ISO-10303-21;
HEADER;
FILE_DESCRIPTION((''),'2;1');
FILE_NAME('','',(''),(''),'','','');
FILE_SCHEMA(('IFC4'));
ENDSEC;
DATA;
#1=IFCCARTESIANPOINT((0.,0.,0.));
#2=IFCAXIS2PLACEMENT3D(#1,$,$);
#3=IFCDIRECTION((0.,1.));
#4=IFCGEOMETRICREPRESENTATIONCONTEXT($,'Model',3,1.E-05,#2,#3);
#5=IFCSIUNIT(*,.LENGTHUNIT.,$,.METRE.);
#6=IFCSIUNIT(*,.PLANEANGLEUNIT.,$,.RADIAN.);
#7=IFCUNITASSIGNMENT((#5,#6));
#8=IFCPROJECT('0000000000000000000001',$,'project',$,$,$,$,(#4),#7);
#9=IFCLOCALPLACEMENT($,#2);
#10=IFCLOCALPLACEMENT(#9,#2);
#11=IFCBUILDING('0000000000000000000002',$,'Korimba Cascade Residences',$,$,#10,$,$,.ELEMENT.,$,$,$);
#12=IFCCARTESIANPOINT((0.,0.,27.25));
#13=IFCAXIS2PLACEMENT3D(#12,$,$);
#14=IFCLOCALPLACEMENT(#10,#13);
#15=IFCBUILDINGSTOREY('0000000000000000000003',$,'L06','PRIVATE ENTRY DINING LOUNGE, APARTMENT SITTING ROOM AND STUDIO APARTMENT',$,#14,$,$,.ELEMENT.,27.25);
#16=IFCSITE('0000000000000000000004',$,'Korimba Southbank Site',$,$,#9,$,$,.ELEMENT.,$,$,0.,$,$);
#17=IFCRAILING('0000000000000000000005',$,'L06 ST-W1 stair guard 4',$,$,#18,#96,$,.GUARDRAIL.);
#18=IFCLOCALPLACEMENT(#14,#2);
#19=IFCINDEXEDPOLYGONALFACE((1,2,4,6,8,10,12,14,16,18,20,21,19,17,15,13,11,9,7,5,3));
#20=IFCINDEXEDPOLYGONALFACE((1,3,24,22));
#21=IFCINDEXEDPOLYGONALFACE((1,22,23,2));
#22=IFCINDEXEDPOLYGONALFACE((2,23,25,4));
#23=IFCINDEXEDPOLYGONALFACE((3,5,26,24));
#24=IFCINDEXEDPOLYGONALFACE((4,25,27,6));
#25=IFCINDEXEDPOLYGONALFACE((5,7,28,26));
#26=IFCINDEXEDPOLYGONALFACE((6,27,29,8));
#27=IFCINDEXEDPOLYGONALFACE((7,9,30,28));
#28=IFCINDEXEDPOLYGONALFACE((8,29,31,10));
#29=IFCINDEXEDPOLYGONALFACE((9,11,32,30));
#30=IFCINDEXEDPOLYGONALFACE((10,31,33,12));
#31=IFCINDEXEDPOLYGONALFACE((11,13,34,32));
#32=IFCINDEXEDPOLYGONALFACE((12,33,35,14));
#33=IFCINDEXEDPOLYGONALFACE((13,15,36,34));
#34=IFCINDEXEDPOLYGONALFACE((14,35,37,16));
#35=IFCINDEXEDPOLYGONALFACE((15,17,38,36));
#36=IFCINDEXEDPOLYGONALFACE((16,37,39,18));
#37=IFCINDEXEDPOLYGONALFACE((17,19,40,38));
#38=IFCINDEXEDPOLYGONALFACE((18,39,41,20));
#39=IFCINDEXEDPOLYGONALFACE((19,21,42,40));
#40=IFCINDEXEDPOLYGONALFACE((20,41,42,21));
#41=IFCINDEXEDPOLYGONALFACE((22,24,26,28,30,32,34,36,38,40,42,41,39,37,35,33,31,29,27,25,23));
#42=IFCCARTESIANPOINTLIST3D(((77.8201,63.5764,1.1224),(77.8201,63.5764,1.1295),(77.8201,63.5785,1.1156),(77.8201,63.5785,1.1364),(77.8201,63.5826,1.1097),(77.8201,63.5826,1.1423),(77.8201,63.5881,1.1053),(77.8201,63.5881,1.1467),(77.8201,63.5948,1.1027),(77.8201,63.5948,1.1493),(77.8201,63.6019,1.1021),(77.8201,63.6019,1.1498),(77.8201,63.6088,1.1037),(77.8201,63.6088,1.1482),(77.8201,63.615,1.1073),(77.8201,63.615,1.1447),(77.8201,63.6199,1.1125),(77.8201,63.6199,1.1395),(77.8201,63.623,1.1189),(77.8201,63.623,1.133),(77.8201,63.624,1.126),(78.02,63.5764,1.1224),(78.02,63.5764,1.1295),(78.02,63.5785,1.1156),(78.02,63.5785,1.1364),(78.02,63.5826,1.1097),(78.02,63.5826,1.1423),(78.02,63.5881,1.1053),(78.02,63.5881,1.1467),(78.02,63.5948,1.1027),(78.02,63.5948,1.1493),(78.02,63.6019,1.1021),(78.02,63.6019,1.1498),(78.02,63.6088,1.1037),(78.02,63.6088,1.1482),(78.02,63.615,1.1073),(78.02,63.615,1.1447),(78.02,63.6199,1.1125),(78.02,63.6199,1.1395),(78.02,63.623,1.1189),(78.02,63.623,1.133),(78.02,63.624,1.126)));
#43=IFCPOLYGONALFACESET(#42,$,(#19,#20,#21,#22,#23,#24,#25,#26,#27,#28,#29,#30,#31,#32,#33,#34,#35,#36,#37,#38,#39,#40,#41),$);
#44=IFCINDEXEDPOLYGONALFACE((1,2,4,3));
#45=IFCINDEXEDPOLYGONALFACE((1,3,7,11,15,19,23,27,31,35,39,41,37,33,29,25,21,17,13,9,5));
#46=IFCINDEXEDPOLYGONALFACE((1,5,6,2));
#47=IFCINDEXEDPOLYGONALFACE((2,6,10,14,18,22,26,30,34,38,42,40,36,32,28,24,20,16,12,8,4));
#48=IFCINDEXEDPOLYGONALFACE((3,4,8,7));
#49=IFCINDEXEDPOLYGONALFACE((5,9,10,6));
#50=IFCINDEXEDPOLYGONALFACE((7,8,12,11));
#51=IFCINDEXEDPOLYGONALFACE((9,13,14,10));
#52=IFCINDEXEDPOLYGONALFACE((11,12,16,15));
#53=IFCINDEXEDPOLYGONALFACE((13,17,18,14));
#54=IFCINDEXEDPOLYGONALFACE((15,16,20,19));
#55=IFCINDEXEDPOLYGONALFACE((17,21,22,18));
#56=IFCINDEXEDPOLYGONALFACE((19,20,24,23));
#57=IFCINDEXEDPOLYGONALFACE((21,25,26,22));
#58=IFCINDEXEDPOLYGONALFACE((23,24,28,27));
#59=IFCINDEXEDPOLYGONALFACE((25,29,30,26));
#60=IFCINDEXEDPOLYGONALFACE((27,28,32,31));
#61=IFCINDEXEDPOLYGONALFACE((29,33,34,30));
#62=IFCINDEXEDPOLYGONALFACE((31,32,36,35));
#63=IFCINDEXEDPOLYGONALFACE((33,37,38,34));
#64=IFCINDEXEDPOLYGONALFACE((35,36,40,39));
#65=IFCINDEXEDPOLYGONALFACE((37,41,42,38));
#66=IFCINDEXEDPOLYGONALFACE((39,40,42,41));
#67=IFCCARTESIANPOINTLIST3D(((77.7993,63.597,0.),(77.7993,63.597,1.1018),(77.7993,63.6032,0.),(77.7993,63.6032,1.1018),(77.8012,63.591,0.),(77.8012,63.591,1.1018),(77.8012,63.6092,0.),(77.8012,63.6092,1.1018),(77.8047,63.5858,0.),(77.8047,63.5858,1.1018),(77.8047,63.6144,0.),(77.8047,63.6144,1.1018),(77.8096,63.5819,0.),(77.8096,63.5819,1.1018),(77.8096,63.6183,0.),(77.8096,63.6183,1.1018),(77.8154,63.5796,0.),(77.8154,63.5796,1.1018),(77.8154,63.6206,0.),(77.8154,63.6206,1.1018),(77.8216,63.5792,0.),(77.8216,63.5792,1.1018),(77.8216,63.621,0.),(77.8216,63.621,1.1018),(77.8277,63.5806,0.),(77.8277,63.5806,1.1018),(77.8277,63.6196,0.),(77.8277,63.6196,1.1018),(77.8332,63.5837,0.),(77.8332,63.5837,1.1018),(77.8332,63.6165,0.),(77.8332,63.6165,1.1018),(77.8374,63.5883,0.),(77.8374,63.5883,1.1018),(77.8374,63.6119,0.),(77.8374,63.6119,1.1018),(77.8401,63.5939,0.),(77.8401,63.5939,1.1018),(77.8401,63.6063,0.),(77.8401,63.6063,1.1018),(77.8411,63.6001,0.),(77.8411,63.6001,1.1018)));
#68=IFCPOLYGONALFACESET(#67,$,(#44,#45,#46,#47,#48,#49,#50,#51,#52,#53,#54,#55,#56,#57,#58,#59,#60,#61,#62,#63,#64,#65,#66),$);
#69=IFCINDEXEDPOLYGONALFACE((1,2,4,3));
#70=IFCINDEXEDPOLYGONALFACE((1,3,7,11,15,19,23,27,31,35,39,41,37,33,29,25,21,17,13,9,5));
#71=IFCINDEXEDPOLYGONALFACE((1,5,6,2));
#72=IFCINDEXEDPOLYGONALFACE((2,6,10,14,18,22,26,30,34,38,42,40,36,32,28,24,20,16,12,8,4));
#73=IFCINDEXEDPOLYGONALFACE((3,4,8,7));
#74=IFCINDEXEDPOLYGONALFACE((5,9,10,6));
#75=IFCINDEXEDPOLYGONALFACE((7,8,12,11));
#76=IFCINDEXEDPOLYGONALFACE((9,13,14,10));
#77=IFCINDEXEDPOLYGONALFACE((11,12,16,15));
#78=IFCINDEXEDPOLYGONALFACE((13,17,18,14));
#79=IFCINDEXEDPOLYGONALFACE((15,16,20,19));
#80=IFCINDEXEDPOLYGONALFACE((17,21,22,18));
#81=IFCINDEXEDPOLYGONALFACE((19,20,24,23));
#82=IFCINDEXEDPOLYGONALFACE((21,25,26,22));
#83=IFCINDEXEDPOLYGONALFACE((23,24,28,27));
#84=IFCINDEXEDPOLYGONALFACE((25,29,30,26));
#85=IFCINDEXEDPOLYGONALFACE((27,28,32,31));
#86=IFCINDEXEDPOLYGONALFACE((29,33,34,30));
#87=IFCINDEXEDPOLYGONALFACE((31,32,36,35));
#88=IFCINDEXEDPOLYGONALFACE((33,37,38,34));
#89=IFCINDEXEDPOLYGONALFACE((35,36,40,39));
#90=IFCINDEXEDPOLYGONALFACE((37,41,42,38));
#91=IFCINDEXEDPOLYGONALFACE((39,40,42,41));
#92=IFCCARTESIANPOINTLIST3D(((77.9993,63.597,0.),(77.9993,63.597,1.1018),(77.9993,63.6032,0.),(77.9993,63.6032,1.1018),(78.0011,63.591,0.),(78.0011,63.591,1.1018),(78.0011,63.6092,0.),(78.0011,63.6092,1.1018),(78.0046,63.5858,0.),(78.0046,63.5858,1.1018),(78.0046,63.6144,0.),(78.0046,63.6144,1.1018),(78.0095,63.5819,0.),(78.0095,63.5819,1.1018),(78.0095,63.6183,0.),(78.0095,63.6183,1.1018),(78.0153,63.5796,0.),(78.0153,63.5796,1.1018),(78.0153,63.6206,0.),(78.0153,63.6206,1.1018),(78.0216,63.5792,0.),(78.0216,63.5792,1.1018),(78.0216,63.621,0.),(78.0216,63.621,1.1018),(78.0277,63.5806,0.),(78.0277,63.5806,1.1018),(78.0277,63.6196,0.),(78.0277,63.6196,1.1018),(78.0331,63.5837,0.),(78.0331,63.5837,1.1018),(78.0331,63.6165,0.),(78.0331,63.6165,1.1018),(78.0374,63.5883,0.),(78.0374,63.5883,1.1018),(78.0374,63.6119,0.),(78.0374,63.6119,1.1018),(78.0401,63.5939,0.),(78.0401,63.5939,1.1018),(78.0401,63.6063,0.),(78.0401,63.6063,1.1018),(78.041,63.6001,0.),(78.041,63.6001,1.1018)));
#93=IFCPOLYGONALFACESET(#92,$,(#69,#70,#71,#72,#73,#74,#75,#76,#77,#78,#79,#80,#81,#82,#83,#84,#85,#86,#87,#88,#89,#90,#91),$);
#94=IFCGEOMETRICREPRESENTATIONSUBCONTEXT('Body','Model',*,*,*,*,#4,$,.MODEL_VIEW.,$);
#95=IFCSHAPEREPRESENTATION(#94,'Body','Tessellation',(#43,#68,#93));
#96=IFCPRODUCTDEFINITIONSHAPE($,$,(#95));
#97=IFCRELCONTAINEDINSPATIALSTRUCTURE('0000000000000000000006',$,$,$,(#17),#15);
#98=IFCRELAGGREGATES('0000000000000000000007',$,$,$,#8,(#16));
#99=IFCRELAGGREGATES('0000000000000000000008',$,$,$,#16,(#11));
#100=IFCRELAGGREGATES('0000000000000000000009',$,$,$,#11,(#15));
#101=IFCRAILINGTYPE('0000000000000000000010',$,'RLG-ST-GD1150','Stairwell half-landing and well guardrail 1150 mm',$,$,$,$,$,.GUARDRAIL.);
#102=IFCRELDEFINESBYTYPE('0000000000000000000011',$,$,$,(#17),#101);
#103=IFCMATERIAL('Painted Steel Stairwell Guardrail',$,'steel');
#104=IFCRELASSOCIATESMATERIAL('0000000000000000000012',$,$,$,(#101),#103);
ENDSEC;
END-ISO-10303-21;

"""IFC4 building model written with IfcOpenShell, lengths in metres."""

from ifc_helpers import new_model, si_unit, direction, frame, origin, origin_2d, place, context, subcontext, project, spatial, circle, extrude, material, type_object, element, save


model = new_model("IFC4")

# Units and contexts
model_context = context("Model", 3, precision=1e-05, world=origin(), true_north=direction((0.0, 1.0)))
body_context = subcontext(model_context, "Body", "Model", "MODEL_VIEW")
ifc_project = project(units=[si_unit("LENGTHUNIT", "METRE"), si_unit("PLANEANGLEUNIT", "RADIAN")], contexts=[model_context])

# Site, building, storey
site_placement = place(None, origin())
site = spatial("IfcSite", under=ifc_project, at=site_placement, Name="Korimba Southbank Site", CompositionType="ELEMENT", RefElevation=0.0)
building_placement = place(site_placement, origin())
building = spatial("IfcBuilding", under=site, at=building_placement, Name="Korimba Cascade Residences", CompositionType="ELEMENT")
storey_placement = place(building_placement, frame((0.0, 0.0, 27.25)))
storey = spatial("IfcBuildingStorey", under=building, at=storey_placement, Name="L06", Description="PRIVATE ENTRY DINING LOUNGE, APARTMENT SITTING ROOM AND STUDIO APARTMENT", CompositionType="ELEMENT", Elevation=27.25)

# Railing
ifc_material_1 = material(Name="Painted Steel Stairwell Guardrail", Category="steel")
railing_type_1 = type_object("IfcRailingType", Name="RLG-ST-GD1150", Description="Stairwell half-landing and well guardrail 1150 mm", PredefinedType="GUARDRAIL", material=ifc_material_1)
railing_1_placement = place(storey_placement, frame((77.8201, 63.6001, 0.0)))
element("IfcRailing", 1, at=railing_1_placement, inside=storey, type_object=railing_type_1, Name="L06 ST-W1 stair guard 4", PredefinedType="GUARDRAIL", context=body_context, shape_type="SweptSolid", body=[
    extrude(circle(Radius=0.0239, at=origin_2d()), frame((0.0, 0.0, 1.126), z_axis=(1.0, 0.0, 0.0), x_axis=(0.0, 1.0, 0.0)), (0.0, 0.0, 1.0), 0.2),
    extrude(circle(Radius=0.021, at=origin_2d()), origin(), (0.0, 0.0, 1.0), 1.1018),
    extrude(circle(Radius=0.021, at=origin_2d()), frame((0.2, 0.0, 0.0)), (0.0, 0.0, 1.0), 1.1018),
])

save(model, "model.ifc")
